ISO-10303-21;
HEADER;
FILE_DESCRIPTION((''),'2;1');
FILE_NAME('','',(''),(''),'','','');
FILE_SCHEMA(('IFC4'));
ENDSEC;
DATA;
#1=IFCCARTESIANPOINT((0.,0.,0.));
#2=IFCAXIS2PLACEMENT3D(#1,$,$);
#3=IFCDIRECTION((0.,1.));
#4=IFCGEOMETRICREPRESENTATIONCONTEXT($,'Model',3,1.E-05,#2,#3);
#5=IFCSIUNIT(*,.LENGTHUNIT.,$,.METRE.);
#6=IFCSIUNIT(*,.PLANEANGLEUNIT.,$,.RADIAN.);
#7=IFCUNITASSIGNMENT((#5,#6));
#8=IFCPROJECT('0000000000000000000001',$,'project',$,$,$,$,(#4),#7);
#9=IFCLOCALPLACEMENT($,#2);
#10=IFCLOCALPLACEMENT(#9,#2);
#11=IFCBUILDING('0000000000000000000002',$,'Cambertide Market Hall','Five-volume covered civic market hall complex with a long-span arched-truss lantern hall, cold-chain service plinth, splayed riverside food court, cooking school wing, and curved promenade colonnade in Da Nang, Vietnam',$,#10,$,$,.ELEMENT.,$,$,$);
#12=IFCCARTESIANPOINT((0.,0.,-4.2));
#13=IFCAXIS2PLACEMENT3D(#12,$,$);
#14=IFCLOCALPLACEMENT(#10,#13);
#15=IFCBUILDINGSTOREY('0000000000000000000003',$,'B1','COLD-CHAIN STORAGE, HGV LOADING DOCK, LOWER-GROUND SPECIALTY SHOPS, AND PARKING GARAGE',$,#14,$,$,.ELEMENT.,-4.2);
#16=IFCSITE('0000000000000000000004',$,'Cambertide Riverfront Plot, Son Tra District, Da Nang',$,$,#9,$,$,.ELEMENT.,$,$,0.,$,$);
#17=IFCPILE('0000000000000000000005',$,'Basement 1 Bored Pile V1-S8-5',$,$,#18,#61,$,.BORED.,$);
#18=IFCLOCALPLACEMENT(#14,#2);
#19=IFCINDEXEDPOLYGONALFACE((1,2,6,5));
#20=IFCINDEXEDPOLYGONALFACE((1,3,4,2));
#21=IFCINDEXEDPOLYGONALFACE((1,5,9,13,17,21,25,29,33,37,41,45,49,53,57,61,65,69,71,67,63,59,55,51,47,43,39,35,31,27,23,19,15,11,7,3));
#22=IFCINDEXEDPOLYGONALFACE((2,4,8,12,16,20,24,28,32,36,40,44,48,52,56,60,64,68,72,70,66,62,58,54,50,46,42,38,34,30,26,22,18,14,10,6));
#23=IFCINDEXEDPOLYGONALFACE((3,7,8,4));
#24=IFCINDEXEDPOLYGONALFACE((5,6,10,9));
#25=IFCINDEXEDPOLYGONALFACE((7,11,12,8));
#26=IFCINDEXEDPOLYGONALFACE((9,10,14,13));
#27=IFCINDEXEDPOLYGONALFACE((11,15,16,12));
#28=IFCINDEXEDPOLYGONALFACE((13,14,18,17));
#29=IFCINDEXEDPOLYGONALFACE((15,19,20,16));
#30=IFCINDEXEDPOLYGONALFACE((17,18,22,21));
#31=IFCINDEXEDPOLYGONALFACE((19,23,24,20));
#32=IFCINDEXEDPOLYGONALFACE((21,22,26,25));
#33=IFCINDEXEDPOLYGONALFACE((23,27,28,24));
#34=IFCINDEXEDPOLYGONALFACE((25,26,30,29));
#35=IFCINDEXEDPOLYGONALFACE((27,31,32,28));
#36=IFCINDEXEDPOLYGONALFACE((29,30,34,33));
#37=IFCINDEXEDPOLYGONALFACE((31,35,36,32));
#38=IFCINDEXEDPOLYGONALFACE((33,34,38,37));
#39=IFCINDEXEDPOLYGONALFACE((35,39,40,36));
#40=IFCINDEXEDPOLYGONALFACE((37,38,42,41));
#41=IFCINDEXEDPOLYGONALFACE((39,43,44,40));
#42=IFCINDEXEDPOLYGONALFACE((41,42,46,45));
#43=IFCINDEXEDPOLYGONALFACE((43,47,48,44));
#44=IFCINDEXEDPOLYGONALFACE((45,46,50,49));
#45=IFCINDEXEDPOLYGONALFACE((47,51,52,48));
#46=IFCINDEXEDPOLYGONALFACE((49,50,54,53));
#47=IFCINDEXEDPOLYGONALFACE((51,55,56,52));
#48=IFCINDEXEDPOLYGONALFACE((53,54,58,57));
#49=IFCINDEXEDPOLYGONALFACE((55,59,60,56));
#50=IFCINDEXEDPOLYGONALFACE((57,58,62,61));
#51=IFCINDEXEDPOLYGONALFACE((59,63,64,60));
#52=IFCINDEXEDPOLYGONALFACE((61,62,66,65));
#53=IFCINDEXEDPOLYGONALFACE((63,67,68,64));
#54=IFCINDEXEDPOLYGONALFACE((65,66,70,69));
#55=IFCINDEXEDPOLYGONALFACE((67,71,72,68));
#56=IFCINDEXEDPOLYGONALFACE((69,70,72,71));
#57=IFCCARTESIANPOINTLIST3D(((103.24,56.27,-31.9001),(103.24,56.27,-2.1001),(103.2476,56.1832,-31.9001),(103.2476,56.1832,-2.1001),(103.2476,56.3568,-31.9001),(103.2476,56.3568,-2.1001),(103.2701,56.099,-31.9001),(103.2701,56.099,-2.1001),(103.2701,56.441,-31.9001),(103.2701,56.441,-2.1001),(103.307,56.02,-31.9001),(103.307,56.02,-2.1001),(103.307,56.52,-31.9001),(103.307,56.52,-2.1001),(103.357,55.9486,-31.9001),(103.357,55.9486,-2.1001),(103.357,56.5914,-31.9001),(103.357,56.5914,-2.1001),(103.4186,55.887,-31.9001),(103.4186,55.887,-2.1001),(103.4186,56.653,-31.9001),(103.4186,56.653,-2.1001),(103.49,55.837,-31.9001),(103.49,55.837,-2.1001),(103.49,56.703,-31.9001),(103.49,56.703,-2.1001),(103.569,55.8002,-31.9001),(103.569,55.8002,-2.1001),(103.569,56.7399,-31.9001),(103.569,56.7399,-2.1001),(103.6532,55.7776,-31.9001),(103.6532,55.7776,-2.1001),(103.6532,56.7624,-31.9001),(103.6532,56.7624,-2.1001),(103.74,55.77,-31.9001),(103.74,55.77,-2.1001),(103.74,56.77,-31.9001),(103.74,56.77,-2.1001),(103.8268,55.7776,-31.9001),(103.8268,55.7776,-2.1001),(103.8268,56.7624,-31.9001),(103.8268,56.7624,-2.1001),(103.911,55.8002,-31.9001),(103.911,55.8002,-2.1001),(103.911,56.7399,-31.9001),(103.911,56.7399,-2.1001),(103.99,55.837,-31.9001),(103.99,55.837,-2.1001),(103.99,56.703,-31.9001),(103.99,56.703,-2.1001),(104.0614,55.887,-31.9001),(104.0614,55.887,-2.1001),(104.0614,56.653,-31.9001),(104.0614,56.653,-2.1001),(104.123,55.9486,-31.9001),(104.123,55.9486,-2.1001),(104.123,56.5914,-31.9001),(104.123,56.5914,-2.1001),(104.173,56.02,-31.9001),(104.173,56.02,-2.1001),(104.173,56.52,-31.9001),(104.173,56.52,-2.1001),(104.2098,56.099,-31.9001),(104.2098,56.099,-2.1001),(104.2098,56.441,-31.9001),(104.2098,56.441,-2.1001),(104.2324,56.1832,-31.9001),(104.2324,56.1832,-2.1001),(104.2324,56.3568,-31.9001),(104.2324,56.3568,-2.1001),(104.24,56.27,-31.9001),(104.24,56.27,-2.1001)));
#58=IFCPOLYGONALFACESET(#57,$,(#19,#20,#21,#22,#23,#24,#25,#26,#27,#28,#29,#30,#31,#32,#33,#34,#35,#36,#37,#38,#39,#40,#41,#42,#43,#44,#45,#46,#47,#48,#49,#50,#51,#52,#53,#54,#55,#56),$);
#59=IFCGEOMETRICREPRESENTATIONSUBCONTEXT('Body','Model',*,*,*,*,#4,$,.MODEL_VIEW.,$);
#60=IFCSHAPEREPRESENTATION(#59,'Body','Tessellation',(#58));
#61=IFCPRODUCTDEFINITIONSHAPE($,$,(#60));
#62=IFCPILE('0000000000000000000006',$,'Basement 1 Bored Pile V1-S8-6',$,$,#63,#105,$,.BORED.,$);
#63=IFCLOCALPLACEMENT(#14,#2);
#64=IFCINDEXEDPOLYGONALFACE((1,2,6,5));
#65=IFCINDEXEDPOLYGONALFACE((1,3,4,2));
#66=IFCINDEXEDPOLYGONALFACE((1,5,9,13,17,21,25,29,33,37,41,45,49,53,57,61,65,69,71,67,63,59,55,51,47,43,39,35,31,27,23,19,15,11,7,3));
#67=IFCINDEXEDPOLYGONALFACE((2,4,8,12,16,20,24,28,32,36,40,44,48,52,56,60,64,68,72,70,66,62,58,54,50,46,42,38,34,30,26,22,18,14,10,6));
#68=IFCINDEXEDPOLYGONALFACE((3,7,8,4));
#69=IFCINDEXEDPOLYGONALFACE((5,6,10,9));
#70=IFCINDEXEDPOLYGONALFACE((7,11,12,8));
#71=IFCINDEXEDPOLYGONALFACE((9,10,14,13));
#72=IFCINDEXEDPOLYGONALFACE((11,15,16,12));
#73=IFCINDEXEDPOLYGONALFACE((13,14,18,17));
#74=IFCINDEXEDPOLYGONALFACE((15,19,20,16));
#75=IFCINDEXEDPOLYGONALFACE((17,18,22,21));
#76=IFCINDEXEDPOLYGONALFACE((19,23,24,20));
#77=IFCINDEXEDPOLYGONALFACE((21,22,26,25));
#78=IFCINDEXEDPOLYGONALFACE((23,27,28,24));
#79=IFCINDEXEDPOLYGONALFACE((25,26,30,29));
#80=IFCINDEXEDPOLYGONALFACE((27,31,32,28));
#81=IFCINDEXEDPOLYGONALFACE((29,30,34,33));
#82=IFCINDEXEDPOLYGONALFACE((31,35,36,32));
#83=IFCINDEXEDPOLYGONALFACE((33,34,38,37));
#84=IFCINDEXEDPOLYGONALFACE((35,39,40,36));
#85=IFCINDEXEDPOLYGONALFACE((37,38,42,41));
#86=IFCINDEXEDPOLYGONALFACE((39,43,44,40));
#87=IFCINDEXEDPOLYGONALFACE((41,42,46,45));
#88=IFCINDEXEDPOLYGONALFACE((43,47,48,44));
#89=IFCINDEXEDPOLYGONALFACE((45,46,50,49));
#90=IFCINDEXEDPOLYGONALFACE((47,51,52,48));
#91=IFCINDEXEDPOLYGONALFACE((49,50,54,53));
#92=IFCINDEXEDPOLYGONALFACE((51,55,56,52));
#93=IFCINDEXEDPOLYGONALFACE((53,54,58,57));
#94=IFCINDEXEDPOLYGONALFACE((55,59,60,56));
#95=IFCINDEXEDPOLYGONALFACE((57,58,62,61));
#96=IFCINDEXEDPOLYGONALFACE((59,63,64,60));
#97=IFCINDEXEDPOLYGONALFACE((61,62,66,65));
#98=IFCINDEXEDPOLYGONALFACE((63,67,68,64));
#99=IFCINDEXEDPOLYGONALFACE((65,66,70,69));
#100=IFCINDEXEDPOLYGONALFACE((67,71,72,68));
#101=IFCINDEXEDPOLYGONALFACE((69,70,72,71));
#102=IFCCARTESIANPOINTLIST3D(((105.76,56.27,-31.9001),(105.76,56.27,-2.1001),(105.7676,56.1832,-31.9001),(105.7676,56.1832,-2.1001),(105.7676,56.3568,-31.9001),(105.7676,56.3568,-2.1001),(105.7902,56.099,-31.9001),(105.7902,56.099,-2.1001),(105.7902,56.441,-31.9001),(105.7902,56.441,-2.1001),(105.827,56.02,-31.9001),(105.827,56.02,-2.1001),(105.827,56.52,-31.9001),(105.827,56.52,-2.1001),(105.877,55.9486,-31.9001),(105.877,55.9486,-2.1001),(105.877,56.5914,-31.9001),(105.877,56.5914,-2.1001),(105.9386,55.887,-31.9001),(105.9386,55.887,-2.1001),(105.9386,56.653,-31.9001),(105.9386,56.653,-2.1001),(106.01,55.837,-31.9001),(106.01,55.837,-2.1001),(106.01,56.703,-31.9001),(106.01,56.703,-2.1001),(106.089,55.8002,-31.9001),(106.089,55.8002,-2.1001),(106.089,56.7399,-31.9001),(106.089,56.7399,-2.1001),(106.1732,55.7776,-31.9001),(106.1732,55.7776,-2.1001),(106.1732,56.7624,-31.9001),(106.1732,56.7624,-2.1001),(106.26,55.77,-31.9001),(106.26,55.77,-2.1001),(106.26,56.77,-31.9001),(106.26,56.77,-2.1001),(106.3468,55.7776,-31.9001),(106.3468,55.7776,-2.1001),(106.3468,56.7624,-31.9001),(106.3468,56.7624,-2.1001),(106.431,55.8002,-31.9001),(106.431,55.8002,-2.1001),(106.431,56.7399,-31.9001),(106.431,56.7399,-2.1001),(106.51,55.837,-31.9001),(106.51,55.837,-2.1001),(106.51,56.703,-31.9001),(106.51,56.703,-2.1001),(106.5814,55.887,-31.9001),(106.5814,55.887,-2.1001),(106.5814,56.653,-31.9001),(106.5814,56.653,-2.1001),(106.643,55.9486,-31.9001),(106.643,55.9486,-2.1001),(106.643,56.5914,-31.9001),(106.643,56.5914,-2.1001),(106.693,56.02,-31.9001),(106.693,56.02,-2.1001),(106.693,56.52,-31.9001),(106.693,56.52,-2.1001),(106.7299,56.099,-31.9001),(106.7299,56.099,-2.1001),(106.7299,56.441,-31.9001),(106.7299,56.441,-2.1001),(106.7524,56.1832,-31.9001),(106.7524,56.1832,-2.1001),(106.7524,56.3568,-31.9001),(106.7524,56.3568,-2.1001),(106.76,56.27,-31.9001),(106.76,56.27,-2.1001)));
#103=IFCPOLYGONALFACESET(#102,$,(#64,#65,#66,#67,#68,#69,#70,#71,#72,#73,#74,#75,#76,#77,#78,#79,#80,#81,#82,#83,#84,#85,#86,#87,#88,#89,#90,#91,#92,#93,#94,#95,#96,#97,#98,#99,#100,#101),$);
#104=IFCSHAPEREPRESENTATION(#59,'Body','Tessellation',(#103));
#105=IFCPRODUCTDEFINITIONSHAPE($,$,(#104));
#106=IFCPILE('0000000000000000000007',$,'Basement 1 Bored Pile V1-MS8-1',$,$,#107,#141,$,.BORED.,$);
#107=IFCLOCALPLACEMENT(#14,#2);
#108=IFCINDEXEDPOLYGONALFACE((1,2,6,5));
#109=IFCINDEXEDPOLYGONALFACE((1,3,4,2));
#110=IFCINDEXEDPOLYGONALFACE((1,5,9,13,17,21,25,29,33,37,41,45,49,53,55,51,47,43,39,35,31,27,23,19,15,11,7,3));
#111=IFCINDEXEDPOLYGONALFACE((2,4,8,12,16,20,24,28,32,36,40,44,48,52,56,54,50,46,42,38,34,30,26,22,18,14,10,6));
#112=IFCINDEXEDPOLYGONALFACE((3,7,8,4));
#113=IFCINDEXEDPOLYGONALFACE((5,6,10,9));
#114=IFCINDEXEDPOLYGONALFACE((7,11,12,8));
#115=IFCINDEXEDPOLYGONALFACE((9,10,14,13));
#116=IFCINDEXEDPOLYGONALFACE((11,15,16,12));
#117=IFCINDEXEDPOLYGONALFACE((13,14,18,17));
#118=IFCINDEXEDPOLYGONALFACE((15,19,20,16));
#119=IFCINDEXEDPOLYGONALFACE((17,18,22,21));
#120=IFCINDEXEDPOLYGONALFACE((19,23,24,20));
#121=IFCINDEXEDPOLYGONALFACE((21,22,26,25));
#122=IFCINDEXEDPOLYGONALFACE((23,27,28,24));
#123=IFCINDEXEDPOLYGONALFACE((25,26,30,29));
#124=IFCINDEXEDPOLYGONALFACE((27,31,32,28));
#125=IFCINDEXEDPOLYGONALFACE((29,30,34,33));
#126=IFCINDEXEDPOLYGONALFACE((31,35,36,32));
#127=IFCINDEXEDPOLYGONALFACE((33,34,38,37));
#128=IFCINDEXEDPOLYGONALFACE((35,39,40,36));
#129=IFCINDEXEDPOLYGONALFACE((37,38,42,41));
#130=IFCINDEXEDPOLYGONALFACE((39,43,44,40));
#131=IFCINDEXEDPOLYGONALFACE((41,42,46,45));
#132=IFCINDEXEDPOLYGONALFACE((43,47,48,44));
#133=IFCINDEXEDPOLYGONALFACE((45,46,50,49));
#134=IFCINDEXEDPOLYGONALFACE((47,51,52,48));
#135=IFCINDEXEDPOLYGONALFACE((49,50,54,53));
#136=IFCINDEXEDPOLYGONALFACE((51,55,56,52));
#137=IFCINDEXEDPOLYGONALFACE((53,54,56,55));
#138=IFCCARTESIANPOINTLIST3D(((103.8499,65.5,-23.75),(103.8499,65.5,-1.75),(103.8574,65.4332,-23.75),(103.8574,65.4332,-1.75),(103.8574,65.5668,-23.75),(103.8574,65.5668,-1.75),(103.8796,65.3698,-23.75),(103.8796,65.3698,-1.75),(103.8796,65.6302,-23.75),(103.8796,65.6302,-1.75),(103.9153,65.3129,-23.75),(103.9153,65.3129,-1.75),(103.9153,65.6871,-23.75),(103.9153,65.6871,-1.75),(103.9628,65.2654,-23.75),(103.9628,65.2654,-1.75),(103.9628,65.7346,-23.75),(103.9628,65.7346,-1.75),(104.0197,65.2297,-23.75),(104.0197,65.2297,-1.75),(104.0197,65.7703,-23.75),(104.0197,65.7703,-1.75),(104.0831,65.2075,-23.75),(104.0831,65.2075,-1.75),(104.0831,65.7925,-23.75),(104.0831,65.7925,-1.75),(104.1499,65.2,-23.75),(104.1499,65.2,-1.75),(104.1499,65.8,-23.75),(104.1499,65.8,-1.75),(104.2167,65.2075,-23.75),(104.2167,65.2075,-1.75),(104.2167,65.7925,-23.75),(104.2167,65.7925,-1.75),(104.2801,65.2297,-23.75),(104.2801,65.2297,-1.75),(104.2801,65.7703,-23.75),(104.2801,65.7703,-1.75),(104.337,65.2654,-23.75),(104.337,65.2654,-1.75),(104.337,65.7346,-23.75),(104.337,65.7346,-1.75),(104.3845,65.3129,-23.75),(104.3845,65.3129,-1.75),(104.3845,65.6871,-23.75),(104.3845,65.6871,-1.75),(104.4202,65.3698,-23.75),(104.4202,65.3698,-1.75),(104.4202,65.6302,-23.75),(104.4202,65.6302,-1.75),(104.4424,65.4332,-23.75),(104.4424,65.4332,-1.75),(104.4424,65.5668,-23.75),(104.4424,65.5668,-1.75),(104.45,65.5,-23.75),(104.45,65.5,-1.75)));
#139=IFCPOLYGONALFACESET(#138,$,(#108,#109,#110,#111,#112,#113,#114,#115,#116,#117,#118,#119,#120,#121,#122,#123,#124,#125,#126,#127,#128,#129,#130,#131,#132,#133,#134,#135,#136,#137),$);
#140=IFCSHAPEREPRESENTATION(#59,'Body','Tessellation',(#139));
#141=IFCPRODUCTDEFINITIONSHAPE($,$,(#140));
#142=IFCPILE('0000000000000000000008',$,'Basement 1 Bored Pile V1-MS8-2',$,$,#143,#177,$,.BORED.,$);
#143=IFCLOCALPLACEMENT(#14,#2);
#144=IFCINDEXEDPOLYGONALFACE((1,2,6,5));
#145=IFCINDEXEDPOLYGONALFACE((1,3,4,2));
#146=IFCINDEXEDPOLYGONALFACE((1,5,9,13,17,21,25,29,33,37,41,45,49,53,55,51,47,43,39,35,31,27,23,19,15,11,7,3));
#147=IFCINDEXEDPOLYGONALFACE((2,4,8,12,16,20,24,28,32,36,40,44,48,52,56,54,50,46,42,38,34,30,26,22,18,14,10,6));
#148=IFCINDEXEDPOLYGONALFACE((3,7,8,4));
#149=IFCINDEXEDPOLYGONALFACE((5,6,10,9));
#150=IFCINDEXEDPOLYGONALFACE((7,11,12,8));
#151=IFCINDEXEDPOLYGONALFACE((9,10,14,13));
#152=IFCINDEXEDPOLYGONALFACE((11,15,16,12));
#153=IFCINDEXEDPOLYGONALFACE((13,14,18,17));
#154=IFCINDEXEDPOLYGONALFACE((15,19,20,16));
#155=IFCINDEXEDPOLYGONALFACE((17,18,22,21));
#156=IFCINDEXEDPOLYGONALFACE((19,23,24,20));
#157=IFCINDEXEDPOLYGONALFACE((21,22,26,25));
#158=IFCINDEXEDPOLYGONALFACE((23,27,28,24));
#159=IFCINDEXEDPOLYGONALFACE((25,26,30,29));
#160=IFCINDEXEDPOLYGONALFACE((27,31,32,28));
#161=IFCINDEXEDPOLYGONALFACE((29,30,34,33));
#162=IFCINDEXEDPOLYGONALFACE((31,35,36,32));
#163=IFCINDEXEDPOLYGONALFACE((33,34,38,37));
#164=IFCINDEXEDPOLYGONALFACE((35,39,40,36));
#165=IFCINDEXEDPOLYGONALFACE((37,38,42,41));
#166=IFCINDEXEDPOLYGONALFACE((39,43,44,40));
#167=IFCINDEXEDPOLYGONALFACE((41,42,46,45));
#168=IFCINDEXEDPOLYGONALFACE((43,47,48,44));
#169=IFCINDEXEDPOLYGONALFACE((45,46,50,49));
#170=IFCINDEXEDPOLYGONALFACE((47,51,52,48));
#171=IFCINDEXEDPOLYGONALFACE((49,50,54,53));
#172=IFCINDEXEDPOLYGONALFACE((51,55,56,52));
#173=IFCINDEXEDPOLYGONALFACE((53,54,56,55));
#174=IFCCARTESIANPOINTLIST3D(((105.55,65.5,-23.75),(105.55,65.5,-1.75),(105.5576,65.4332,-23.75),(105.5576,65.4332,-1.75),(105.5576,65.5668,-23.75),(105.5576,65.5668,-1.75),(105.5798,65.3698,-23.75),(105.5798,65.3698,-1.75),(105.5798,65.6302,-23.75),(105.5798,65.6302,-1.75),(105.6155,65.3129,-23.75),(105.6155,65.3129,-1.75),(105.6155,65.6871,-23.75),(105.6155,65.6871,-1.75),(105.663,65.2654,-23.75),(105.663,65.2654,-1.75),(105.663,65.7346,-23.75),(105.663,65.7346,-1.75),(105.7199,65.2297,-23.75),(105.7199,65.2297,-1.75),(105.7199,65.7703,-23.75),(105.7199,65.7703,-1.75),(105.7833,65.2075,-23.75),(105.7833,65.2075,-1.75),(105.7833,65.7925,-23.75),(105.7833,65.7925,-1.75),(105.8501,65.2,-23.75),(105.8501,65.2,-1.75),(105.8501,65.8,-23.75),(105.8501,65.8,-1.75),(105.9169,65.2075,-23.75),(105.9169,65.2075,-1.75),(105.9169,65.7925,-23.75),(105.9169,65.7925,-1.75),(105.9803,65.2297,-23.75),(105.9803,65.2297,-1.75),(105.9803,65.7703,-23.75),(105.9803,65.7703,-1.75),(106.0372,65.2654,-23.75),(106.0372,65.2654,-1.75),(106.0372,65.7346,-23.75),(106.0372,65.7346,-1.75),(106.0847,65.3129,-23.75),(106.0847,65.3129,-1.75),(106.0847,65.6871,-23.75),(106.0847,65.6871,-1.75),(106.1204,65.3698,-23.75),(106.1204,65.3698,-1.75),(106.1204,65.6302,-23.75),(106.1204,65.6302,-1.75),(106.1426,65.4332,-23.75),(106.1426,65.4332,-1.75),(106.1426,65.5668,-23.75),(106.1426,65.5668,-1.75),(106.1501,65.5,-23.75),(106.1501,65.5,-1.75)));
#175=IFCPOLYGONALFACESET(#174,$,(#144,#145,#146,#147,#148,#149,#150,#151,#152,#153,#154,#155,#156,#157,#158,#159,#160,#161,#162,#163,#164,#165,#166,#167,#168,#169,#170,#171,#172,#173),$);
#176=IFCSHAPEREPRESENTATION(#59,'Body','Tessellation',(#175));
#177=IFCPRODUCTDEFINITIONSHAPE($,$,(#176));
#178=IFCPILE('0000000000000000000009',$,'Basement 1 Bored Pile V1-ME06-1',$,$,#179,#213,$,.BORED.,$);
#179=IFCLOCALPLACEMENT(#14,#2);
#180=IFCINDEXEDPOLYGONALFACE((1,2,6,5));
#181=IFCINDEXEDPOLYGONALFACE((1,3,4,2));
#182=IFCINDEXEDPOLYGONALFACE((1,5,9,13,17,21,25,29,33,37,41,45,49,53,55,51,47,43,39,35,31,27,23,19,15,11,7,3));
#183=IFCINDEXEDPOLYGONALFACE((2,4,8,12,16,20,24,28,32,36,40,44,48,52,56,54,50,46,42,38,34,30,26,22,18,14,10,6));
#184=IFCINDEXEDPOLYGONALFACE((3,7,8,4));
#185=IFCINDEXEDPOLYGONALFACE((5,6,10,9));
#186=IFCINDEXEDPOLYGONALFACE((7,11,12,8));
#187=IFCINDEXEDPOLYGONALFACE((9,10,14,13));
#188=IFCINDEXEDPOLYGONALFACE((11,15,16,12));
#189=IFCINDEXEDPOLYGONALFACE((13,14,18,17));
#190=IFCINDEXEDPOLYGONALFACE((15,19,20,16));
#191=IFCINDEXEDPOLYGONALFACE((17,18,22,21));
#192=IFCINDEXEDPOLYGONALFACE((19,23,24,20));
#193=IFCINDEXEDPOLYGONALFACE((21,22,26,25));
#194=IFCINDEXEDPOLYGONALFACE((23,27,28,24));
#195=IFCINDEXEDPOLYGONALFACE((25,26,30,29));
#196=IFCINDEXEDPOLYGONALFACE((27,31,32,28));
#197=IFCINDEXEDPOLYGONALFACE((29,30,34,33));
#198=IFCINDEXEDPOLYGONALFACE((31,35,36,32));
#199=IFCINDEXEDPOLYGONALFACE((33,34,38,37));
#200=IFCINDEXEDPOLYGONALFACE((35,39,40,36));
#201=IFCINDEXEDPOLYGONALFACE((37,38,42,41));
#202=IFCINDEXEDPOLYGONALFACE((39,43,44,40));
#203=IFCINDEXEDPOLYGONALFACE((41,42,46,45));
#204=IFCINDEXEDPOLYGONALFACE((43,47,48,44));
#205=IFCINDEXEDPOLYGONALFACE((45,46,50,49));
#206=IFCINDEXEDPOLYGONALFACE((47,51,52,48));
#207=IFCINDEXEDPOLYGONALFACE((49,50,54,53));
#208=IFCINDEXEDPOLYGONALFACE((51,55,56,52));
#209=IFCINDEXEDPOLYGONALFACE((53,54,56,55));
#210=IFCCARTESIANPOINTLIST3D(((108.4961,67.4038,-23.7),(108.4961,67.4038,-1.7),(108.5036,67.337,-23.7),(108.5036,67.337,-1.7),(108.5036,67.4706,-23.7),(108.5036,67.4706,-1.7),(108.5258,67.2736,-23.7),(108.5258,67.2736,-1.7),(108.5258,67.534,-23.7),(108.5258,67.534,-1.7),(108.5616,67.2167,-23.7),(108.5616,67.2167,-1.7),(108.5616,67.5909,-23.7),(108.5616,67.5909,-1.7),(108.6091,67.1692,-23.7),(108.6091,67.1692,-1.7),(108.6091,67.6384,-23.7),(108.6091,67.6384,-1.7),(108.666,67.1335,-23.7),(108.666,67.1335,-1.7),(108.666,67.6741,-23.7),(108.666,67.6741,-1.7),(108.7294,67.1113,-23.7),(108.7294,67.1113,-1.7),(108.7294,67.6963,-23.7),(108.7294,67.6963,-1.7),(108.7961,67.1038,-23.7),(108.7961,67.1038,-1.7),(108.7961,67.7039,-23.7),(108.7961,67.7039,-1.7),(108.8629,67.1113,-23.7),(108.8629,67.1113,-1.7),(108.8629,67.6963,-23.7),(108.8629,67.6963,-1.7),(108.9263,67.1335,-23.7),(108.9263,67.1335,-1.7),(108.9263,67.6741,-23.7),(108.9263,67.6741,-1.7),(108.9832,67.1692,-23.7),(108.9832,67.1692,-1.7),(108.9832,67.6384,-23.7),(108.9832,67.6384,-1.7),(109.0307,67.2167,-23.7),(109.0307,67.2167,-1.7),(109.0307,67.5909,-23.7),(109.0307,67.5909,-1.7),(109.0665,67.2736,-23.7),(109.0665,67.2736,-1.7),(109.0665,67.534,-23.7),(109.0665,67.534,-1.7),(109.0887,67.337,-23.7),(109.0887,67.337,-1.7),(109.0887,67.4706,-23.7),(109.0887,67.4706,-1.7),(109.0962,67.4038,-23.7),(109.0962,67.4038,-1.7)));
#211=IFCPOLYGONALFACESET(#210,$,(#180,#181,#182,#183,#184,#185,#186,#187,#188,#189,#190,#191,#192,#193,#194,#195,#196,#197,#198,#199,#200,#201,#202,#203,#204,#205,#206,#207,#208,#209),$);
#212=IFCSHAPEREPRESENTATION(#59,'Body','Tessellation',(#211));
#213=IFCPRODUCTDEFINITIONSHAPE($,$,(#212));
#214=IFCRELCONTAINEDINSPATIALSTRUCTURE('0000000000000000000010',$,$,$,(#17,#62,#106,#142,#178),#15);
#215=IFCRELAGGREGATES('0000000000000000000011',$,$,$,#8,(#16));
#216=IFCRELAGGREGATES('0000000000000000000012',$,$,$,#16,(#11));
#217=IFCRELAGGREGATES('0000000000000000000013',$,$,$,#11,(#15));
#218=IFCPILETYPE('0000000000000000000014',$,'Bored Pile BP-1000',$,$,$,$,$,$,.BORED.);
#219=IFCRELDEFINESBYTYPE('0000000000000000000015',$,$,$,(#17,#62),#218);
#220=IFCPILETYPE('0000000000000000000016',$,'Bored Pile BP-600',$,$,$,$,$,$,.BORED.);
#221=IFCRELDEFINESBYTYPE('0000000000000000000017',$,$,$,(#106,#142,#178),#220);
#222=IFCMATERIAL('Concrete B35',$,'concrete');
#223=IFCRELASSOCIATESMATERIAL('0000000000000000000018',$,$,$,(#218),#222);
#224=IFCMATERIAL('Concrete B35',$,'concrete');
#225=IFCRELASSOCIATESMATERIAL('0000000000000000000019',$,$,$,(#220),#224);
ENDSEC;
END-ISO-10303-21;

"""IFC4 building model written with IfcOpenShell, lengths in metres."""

from ifc_helpers import new_model, si_unit, direction, frame, origin, origin_2d, place, context, subcontext, project, spatial, circle, extrude, material, material_profile, profile_set, type_object, element, save


model = new_model("IFC4")

# Units and contexts
model_context = context("Model", 3, precision=1e-05, world=origin(), true_north=direction((0.0, 1.0)))
body_context = subcontext(model_context, "Body", "Model", "MODEL_VIEW")
ifc_project = project(units=[si_unit("LENGTHUNIT", "METRE"), si_unit("PLANEANGLEUNIT", "RADIAN")], contexts=[model_context])

# Site, building, storey
site_placement = place(None, origin())
site = spatial("IfcSite", under=ifc_project, at=site_placement, Name="Cambertide Riverfront Plot, Son Tra District, Da Nang", CompositionType="ELEMENT", RefElevation=0.0)
building_placement = place(site_placement, origin())
building = spatial("IfcBuilding", under=site, at=building_placement, Name="Cambertide Market Hall", Description="Five-volume covered civic market hall complex with a long-span arched-truss lantern hall, cold-chain service plinth, splayed riverside food court, cooking school wing, and curved promenade colonnade in Da Nang, Vietnam", CompositionType="ELEMENT")
storey_placement = place(building_placement, frame((0.0, 0.0, -4.2)))
storey = spatial("IfcBuildingStorey", under=building, at=storey_placement, Name="B1", Description="COLD-CHAIN STORAGE, HGV LOADING DOCK, LOWER-GROUND SPECIALTY SHOPS, AND PARKING GARAGE", CompositionType="ELEMENT", Elevation=-4.2)

# Piles
ifc_material_1 = material(Name="Concrete B35", Category="concrete")
ifc_material_profile_1 = material_profile(ifc_material_1, circle(Radius=0.5, at=origin_2d()), Name="BP D1000")
ifc_profile_set_1 = profile_set([ifc_material_profile_1], Name="Concrete B35")
pile_type_1 = type_object("IfcPileType", Name="Bored Pile BP-1000", PredefinedType="BORED", material=ifc_profile_set_1)
for number, where, z_axis, x_axis, name in (
    (1, (103.74, 56.27, -2.1001), (0.0, 0.0, -1.0), (1.0, 0.0, 0.0), "Basement 1 Bored Pile V1-S8-5"),
    (2, (106.26, 56.27, -2.1001), (0.0, 0.0, -1.0), (1.0, 0.0, 0.0), "Basement 1 Bored Pile V1-S8-6"),
):
    element("IfcPile", number, at=place(storey_placement, frame(where, z_axis=z_axis, x_axis=x_axis)), inside=storey, type_object=pile_type_1, Name=name, PredefinedType="BORED", context=body_context, shape_type="SweptSolid", body=[
        extrude(circle(Radius=0.5, at=origin_2d()), origin(), (0.0, 0.0, 1.0), 29.8),
    ])
ifc_material_2 = material(Name="Concrete B35", Category="concrete")
ifc_material_profile_2 = material_profile(ifc_material_2, circle(Radius=0.3, at=origin_2d()), Name="BP D600")
ifc_profile_set_2 = profile_set([ifc_material_profile_2], Name="Concrete B35")
pile_type_2 = type_object("IfcPileType", Name="Bored Pile BP-600", PredefinedType="BORED", material=ifc_profile_set_2)
for number, where, z_axis, x_axis, name in (
    (3, (104.1499, 65.5, -1.75), (0.0, 0.0, -1.0), (1.0, 0.0, 0.0), "Basement 1 Bored Pile V1-MS8-1"),
    (4, (105.8501, 65.5, -1.75), (0.0, 0.0, -1.0), (1.0, 0.0, 0.0), "Basement 1 Bored Pile V1-MS8-2"),
    (5, (108.7961, 67.4038, -1.7), (0.0, 0.0, -1.0), (1.0, 0.0, 0.0), "Basement 1 Bored Pile V1-ME06-1"),
):
    element("IfcPile", number, at=place(storey_placement, frame(where, z_axis=z_axis, x_axis=x_axis)), inside=storey, type_object=pile_type_2, Name=name, PredefinedType="BORED", context=body_context, shape_type="SweptSolid", body=[
        extrude(circle(Radius=0.3, at=origin_2d()), origin(), (0.0, 0.0, 1.0), 22.0),
    ])

save(model, "model.ifc")
